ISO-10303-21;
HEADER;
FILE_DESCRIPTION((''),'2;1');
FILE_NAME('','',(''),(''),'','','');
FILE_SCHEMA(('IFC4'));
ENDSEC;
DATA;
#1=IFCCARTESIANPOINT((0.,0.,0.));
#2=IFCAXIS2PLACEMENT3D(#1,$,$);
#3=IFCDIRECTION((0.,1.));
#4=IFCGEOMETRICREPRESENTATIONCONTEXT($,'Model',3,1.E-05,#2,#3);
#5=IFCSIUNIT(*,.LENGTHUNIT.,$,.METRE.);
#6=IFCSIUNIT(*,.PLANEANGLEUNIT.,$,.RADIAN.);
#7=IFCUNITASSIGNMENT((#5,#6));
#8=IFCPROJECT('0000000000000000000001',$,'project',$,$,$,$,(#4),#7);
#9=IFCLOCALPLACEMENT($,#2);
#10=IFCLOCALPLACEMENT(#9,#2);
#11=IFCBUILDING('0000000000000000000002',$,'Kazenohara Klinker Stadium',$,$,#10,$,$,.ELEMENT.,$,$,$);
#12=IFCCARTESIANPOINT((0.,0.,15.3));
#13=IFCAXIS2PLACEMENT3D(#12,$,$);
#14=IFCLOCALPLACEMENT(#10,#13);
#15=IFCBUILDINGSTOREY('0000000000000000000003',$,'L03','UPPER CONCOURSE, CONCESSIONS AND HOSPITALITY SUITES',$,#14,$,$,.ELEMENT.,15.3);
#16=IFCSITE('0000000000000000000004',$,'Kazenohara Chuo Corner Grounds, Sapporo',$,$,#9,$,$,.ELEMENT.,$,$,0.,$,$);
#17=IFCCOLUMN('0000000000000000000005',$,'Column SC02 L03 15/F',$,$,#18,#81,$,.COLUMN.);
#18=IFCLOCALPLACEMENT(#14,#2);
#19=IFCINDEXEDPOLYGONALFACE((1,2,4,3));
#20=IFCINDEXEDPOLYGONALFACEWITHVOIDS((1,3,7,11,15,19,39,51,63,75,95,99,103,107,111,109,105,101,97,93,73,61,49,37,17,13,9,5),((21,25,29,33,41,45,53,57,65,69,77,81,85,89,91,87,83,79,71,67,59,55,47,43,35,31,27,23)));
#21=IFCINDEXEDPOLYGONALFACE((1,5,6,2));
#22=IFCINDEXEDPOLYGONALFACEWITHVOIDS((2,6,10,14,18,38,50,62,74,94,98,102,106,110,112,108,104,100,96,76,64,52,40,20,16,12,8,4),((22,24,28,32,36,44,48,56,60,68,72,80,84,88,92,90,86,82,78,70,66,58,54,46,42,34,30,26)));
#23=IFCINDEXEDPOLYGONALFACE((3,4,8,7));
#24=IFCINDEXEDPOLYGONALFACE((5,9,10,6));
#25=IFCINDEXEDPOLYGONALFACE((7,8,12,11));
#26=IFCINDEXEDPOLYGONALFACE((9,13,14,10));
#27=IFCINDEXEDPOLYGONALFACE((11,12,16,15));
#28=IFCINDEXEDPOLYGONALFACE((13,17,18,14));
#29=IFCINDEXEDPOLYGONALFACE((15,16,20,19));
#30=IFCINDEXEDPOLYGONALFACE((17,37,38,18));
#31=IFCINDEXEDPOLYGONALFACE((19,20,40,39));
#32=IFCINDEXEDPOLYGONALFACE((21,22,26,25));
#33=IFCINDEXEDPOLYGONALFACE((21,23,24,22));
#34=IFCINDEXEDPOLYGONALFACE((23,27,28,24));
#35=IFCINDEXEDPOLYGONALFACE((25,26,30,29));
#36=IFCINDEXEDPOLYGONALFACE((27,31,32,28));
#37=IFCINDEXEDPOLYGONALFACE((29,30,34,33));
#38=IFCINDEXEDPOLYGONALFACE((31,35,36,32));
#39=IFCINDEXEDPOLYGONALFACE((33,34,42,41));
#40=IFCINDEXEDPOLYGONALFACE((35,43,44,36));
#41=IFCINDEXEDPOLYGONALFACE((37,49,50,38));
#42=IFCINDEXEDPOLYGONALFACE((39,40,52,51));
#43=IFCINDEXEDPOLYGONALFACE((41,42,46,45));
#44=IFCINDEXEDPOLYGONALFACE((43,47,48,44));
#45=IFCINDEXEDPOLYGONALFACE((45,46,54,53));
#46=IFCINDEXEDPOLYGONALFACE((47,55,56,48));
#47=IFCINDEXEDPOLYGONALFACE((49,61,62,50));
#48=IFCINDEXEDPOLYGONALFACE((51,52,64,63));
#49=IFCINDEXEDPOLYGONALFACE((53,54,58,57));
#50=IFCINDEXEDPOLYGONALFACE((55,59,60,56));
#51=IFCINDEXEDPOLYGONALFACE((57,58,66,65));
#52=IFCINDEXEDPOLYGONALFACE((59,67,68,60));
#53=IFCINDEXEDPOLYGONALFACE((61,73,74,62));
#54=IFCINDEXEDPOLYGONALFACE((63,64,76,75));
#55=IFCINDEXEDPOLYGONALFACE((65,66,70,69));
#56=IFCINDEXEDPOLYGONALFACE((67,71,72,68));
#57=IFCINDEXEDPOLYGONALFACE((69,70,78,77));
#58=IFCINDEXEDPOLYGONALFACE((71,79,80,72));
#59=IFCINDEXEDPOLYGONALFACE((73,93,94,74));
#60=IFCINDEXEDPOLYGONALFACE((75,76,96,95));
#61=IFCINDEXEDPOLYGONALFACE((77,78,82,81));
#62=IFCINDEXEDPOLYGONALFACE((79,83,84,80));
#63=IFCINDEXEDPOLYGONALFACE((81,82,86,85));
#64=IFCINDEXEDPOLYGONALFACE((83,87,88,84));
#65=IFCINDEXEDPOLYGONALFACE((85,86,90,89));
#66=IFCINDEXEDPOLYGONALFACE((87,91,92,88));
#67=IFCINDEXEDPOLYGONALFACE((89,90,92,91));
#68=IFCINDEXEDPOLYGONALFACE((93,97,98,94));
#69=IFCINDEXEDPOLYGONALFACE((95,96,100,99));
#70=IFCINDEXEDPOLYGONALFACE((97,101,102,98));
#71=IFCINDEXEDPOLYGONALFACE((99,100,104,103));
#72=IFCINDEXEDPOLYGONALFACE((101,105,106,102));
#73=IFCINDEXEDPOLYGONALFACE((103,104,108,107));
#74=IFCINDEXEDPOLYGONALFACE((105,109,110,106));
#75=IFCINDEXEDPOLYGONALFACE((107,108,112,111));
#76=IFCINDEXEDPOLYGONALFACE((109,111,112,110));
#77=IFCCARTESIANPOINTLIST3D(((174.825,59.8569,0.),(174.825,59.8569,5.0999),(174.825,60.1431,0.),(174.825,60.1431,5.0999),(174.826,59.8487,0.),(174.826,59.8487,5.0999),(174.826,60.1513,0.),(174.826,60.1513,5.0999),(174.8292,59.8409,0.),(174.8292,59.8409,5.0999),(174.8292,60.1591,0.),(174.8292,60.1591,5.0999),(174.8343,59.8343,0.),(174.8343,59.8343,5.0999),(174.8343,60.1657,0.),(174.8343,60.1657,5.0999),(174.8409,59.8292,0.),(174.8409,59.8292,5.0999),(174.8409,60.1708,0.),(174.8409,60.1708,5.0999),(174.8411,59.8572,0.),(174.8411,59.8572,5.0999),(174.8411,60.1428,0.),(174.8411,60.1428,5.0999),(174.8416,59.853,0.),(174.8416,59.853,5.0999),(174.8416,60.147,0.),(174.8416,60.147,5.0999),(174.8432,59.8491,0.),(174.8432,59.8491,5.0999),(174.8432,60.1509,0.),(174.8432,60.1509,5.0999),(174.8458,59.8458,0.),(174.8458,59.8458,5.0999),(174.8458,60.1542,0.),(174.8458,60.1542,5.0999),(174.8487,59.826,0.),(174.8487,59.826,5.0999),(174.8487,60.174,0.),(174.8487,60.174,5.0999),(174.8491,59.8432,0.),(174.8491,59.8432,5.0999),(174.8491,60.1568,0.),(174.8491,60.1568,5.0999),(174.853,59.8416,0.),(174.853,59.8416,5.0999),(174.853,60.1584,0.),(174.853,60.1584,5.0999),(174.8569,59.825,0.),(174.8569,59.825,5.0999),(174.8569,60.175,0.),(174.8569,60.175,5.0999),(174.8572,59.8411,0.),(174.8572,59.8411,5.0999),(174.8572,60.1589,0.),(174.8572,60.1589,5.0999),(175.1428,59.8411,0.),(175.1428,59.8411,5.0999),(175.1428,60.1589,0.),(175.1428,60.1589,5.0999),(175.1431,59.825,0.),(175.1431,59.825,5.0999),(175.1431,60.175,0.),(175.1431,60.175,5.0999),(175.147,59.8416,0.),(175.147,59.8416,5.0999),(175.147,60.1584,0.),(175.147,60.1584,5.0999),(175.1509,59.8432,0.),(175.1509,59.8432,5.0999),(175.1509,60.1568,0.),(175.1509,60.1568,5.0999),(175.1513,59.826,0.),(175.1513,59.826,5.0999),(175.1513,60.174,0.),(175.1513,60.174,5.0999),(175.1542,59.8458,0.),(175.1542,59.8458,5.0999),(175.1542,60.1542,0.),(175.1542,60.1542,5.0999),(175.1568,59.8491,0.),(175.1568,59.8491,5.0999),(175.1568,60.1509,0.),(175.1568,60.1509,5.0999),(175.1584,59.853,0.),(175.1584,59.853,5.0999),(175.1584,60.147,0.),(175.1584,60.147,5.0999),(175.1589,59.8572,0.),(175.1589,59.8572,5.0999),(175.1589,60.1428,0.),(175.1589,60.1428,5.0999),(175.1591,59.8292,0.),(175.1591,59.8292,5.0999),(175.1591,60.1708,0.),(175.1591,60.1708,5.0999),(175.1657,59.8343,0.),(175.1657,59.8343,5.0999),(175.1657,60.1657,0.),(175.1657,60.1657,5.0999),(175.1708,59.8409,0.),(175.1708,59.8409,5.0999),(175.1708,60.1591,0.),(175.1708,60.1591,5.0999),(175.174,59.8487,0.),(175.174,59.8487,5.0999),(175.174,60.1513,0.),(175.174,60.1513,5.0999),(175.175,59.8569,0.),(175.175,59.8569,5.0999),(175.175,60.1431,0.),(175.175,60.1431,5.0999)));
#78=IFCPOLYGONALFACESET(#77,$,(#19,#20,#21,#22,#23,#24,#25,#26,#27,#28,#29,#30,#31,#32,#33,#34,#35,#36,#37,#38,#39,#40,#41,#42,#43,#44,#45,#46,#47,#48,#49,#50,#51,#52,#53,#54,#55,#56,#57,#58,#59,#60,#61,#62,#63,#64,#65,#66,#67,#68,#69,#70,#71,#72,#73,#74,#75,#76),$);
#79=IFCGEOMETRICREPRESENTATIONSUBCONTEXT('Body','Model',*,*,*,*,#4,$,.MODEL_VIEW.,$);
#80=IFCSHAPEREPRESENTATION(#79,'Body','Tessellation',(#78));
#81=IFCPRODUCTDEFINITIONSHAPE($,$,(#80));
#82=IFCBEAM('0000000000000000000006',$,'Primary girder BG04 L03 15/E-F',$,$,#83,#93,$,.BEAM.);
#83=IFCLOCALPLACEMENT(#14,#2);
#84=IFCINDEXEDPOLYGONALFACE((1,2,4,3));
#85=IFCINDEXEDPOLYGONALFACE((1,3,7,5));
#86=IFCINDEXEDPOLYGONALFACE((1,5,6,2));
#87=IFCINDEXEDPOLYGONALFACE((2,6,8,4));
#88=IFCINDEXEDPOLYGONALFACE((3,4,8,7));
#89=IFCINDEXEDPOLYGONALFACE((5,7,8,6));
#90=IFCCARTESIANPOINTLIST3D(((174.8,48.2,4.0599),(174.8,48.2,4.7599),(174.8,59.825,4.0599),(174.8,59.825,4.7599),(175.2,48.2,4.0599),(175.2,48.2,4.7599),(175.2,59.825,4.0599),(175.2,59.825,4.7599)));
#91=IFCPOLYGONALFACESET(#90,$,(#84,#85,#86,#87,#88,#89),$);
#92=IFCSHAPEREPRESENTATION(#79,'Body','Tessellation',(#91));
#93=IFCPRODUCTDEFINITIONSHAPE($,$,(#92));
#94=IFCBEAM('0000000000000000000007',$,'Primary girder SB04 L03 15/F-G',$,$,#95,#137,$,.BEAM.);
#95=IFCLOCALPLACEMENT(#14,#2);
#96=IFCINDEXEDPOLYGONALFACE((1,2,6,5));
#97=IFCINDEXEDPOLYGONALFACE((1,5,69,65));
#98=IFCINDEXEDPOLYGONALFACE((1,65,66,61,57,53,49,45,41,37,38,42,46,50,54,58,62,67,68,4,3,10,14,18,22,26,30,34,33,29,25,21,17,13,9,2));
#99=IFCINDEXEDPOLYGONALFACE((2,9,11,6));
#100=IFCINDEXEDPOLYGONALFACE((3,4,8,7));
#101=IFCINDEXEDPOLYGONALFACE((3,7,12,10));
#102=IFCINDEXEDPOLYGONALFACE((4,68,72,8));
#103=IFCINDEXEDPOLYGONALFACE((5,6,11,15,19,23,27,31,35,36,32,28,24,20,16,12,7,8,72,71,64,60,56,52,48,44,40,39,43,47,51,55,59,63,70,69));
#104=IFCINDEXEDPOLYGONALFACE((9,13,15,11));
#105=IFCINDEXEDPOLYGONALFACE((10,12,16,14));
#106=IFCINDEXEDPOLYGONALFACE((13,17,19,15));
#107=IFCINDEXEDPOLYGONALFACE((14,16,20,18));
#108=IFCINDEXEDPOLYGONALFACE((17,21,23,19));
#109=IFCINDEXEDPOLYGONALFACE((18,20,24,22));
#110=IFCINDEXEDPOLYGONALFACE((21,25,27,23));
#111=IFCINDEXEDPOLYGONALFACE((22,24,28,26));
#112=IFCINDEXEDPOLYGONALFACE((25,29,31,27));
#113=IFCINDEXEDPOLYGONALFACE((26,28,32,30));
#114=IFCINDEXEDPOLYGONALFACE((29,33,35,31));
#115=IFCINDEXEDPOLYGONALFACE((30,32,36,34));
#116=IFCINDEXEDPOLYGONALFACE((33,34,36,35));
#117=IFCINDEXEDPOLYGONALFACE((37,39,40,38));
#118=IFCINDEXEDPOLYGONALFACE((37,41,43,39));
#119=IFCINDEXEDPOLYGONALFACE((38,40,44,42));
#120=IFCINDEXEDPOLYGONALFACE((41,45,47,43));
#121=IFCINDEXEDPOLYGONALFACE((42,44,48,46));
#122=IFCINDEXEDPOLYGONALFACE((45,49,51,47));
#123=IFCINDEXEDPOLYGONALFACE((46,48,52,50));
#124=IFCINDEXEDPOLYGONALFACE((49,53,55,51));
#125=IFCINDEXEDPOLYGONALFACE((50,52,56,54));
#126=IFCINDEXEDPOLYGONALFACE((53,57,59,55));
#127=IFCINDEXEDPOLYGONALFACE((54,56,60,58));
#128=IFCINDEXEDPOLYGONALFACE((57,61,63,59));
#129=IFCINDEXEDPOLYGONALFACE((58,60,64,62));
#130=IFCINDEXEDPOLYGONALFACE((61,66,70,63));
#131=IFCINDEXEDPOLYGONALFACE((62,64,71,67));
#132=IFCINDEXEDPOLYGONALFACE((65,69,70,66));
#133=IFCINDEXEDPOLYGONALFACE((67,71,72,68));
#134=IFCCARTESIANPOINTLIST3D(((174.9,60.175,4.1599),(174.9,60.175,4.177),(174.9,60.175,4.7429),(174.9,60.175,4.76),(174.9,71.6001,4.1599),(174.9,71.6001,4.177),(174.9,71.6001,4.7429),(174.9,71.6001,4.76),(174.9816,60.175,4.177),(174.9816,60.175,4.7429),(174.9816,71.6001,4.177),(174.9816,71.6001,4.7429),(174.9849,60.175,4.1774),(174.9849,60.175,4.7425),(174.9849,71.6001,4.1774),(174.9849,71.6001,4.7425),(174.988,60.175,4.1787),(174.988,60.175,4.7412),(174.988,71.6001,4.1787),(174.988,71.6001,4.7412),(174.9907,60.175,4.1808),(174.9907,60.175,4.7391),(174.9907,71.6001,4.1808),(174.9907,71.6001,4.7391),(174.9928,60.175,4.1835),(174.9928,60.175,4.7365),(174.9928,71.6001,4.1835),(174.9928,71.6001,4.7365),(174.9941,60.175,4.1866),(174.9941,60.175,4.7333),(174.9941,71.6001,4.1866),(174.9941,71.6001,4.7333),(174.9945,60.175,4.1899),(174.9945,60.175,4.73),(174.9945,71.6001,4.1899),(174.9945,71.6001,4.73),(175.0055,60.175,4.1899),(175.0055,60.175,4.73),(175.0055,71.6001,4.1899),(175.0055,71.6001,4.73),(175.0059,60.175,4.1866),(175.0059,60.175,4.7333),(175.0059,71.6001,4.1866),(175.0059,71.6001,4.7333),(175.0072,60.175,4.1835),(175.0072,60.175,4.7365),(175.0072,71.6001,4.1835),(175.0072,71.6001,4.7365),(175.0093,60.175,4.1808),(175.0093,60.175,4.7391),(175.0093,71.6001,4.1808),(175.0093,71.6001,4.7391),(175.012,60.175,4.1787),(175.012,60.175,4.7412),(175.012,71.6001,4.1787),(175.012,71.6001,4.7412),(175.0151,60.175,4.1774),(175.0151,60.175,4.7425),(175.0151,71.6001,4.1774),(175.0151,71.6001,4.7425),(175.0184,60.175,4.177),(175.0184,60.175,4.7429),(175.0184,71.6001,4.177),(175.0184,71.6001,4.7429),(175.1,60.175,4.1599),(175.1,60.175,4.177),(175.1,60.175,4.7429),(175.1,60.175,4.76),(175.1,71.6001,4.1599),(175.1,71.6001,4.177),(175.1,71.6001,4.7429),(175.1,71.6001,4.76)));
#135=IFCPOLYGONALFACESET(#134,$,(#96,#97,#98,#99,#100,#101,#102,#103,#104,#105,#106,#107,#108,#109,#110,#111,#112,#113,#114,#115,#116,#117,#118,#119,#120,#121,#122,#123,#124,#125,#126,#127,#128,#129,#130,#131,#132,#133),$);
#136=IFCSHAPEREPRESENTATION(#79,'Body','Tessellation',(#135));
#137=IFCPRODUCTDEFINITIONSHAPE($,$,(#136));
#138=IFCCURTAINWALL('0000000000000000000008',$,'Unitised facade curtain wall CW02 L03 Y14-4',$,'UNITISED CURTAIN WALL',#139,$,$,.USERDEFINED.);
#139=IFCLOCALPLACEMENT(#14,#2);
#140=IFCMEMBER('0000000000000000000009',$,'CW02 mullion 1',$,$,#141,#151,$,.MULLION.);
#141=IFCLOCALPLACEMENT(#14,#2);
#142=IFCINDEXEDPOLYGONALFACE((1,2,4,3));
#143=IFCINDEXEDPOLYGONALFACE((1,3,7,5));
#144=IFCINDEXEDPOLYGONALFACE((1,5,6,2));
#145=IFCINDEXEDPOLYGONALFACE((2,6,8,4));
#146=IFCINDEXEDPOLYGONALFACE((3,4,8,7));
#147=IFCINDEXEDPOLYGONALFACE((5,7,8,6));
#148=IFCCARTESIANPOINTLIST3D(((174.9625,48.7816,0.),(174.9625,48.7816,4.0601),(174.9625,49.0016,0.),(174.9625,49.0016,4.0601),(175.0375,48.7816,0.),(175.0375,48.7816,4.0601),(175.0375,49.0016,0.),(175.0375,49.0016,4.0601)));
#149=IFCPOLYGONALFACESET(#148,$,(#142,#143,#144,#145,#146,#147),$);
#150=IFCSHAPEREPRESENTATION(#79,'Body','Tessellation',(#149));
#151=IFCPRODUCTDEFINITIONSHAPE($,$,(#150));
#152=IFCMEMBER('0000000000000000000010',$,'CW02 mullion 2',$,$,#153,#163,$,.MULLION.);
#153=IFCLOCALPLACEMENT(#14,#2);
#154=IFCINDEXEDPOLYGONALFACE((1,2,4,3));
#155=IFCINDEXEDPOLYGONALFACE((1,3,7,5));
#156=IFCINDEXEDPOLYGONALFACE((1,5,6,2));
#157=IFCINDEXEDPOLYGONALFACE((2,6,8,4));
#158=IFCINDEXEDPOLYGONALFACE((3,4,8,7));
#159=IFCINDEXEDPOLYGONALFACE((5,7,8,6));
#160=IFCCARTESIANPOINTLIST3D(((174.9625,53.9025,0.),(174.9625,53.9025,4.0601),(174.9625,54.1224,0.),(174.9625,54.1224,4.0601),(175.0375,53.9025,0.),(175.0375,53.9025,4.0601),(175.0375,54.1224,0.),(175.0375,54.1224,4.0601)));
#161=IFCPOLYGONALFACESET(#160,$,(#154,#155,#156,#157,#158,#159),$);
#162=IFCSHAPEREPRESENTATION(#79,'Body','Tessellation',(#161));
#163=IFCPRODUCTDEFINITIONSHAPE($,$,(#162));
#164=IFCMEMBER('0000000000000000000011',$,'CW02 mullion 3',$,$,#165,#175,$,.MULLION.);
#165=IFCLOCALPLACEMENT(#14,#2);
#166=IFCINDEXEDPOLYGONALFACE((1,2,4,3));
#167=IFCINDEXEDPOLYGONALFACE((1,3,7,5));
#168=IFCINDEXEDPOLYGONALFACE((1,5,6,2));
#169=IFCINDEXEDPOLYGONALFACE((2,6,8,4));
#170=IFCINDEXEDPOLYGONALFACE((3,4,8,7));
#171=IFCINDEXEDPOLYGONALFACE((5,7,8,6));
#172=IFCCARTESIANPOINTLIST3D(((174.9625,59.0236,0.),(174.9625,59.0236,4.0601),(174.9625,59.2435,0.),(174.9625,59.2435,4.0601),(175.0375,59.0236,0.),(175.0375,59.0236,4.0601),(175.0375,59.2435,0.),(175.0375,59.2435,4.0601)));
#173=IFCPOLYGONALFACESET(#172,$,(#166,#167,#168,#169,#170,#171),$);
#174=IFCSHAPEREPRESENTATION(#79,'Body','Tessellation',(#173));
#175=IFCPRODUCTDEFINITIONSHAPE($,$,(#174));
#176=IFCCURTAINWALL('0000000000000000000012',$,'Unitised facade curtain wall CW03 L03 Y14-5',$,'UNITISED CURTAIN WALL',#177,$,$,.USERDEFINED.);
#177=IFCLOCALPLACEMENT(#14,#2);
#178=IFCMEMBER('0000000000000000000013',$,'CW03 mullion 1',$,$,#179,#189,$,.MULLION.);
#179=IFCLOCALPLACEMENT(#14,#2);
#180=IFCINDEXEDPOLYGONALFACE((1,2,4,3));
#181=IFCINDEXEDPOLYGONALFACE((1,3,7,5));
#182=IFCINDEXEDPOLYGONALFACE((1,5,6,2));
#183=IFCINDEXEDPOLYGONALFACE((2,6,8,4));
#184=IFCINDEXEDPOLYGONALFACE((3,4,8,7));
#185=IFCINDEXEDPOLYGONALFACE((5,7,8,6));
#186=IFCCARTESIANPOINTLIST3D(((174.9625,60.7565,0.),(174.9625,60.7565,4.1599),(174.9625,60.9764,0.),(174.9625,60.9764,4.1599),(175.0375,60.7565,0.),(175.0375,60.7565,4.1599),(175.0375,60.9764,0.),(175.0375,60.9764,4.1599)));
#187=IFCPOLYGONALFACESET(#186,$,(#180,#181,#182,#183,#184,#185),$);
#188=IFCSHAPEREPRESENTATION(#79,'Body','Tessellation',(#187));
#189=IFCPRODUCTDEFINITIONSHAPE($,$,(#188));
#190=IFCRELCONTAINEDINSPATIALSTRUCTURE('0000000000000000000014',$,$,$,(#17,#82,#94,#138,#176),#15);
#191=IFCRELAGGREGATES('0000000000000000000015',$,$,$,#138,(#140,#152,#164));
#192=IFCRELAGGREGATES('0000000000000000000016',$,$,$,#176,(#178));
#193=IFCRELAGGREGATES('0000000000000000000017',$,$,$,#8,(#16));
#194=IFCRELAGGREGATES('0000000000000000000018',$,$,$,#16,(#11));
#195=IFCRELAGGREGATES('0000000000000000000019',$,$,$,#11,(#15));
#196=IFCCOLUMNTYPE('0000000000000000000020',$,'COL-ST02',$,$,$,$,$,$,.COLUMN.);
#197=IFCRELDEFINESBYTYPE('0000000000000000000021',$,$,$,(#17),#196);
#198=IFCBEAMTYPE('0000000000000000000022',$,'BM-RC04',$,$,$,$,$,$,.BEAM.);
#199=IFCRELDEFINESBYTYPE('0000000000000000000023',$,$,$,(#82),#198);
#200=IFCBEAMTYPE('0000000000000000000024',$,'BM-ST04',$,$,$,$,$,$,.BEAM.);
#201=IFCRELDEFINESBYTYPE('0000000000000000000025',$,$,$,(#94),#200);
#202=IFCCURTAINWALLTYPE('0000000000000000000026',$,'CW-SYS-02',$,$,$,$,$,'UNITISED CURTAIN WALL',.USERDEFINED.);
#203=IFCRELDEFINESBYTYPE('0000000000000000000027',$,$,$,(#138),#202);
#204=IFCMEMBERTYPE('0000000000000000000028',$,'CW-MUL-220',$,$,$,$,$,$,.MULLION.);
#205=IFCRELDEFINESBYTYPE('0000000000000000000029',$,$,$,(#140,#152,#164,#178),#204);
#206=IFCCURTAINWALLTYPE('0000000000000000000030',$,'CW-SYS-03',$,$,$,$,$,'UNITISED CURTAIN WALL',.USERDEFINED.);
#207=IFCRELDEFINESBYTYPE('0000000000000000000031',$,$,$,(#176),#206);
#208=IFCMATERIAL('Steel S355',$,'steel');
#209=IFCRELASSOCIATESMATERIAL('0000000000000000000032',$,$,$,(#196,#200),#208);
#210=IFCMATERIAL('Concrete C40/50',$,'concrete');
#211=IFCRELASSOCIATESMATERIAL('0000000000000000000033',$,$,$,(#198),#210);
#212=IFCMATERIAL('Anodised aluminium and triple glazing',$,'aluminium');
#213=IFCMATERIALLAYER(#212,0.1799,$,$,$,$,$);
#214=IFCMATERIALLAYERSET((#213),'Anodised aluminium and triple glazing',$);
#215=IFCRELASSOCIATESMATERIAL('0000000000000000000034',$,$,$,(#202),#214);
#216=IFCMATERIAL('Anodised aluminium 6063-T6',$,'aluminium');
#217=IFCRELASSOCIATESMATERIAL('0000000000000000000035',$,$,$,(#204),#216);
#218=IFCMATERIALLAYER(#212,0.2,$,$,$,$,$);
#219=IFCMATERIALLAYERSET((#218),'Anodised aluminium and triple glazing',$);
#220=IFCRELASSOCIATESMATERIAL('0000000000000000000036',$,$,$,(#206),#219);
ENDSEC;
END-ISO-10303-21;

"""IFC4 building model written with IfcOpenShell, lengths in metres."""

from ifc_helpers import new_model, si_unit, direction, frame, origin, origin_2d, place, context, subcontext, project, spatial, rectangle, hollow_rectangle, i_section, extrude, material, layer, layer_set, material_profile, profile_set, type_object, element, aggregate, save


model = new_model("IFC4")

# Units and contexts
model_context = context("Model", 3, precision=1e-05, world=origin(), true_north=direction((0.0, 1.0)))
body_context = subcontext(model_context, "Body", "Model", "MODEL_VIEW")
ifc_project = project(units=[si_unit("LENGTHUNIT", "METRE"), si_unit("PLANEANGLEUNIT", "RADIAN")], contexts=[model_context])

# Site, building, storey
site_placement = place(None, origin())
site = spatial("IfcSite", under=ifc_project, at=site_placement, Name="Kazenohara Chuo Corner Grounds, Sapporo", CompositionType="ELEMENT", RefElevation=0.0)
building_placement = place(site_placement, origin())
building = spatial("IfcBuilding", under=site, at=building_placement, Name="Kazenohara Klinker Stadium", CompositionType="ELEMENT")
storey_placement = place(building_placement, frame((0.0, 0.0, 15.3)))
storey = spatial("IfcBuildingStorey", under=building, at=storey_placement, Name="L03", Description="UPPER CONCOURSE, CONCESSIONS AND HOSPITALITY SUITES", CompositionType="ELEMENT", Elevation=15.3)

# Column
ifc_material_1 = material(Name="Steel S355", Category="steel")
ifc_material_profile_1 = material_profile(ifc_material_1, hollow_rectangle(XDim=0.3501, YDim=0.3501, WallThickness=0.0161, InnerFilletRadius=0.0161, OuterFilletRadius=0.032, at=origin_2d()), Name="SHS-350x350x16")
ifc_profile_set_1 = profile_set([ifc_material_profile_1], Name="Steel S355")
column_type = type_object("IfcColumnType", Name="COL-ST02", PredefinedType="COLUMN", material=ifc_profile_set_1)
column_placement = place(storey_placement, frame((175.0, 60.0, 0.0), z_axis=(0.0, 0.0, 1.0), x_axis=(1.0, 0.0, 0.0)))
element("IfcColumn", 1, at=column_placement, inside=storey, type_object=column_type, Name="Column SC02 L03 15/F", PredefinedType="COLUMN", context=body_context, shape_type="SweptSolid", body=[
    extrude(hollow_rectangle(XDim=0.3501, YDim=0.3501, WallThickness=0.0161, InnerFilletRadius=0.0161, OuterFilletRadius=0.032, at=origin_2d()), origin(), (0.0, 0.0, 1.0), 5.0999),
])

# Beams
ifc_material_2 = material(Name="Concrete C40/50", Category="concrete")
ifc_material_profile_2 = material_profile(ifc_material_2, rectangle(XDim=0.3999, YDim=0.7, at=origin_2d()), Name="RC-BM-400x700")
ifc_profile_set_2 = profile_set([ifc_material_profile_2], Name="Concrete C40/50")
beam_type_1 = type_object("IfcBeamType", Name="BM-RC04", PredefinedType="BEAM", material=ifc_profile_set_2)
beam_1_placement = place(storey_placement, frame((175.0, 48.2, 4.4099), z_axis=(0.0, 1.0, 0.0), x_axis=(-1.0, 0.0, 0.0)))
element("IfcBeam", 2, at=beam_1_placement, inside=storey, type_object=beam_type_1, Name="Primary girder BG04 L03 15/E-F", PredefinedType="BEAM", context=body_context, shape_type="SweptSolid", body=[
    extrude(rectangle(XDim=0.3999, YDim=0.7, at=origin_2d()), origin(), (0.0, 0.0, 1.0), 11.625),
])
ifc_material_profile_3 = material_profile(ifc_material_1, i_section(OverallWidth=0.2, OverallDepth=0.6001, WebThickness=0.011, FlangeThickness=0.0171, FilletRadius=0.0129, at=origin_2d()), Name="H-600x200x11x17")
ifc_profile_set_3 = profile_set([ifc_material_profile_3], Name="Steel S355")
beam_type_2 = type_object("IfcBeamType", Name="BM-ST04", PredefinedType="BEAM", material=ifc_profile_set_3)
beam_2_placement = place(storey_placement, frame((175.0, 60.175, 4.46), z_axis=(0.0, 1.0, 0.0), x_axis=(-1.0, 0.0, 0.0)))
element("IfcBeam", 3, at=beam_2_placement, inside=storey, type_object=beam_type_2, Name="Primary girder SB04 L03 15/F-G", PredefinedType="BEAM", context=body_context, shape_type="SweptSolid", body=[
    extrude(i_section(OverallWidth=0.2, OverallDepth=0.6001, WebThickness=0.011, FlangeThickness=0.0171, FilletRadius=0.0129, at=origin_2d()), origin(), (0.0, 0.0, 1.0), 11.425),
])

# Curtain walls, members
ifc_material_3 = material(Name="Anodised aluminium and triple glazing", Category="aluminium")
ifc_layer_1 = layer(ifc_material_3, 0.1799)
ifc_layer_set_1 = layer_set([ifc_layer_1], Name="Anodised aluminium and triple glazing")
curtain_wall_type_1 = type_object("IfcCurtainWallType", Name="CW-SYS-02", ElementType="UNITISED CURTAIN WALL", PredefinedType="USERDEFINED", material=ifc_layer_set_1)
curtain_wall_1_placement = place(storey_placement, origin())
curtain_wall_1 = element("IfcCurtainWall", 4, at=curtain_wall_1_placement, inside=storey, type_object=curtain_wall_type_1, Name="Unitised facade curtain wall CW02 L03 Y14-4", ObjectType="UNITISED CURTAIN WALL", PredefinedType="USERDEFINED")
ifc_material_4 = material(Name="Anodised aluminium 6063-T6", Category="aluminium")
ifc_material_profile_4 = material_profile(ifc_material_4, rectangle(XDim=0.075, YDim=0.22, at=origin_2d()), Name="ALU-MUL-75x220")
ifc_profile_set_4 = profile_set([ifc_material_profile_4], Name="Anodised aluminium 6063-T6")
member_type_1 = type_object("IfcMemberType", Name="CW-MUL-220", PredefinedType="MULLION", material=ifc_profile_set_4)
member_1_placement = place(storey_placement, frame((175.0, 48.8916, 0.0), z_axis=(0.0, 0.0, 1.0), x_axis=(-1.0, 0.0, 0.0)))
member_1 = element("IfcMember", 5, at=member_1_placement, type_object=member_type_1, Name="CW02 mullion 1", PredefinedType="MULLION", context=body_context, shape_type="SweptSolid", body=[
    extrude(rectangle(XDim=0.075, YDim=0.22, at=origin_2d()), origin(), (0.0, 0.0, 1.0), 4.0601),
])
member_2_placement = place(storey_placement, frame((175.0, 54.0125, 0.0), z_axis=(0.0, 0.0, 1.0), x_axis=(-1.0, 0.0, 0.0)))
member_2 = element("IfcMember", 6, at=member_2_placement, type_object=member_type_1, Name="CW02 mullion 2", PredefinedType="MULLION", context=body_context, shape_type="SweptSolid", body=[
    extrude(rectangle(XDim=0.075, YDim=0.22, at=origin_2d()), origin(), (0.0, 0.0, 1.0), 4.0601),
])
member_3_placement = place(storey_placement, frame((175.0, 59.1335, 0.0), z_axis=(0.0, 0.0, 1.0), x_axis=(-1.0, 0.0, 0.0)))
member_3 = element("IfcMember", 7, at=member_3_placement, type_object=member_type_1, Name="CW02 mullion 3", PredefinedType="MULLION", context=body_context, shape_type="SweptSolid", body=[
    extrude(rectangle(XDim=0.075, YDim=0.22, at=origin_2d()), origin(), (0.0, 0.0, 1.0), 4.0601),
])
ifc_layer_2 = layer(ifc_material_3, 0.2)
ifc_layer_set_2 = layer_set([ifc_layer_2], Name="Anodised aluminium and triple glazing")
curtain_wall_type_2 = type_object("IfcCurtainWallType", Name="CW-SYS-03", ElementType="UNITISED CURTAIN WALL", PredefinedType="USERDEFINED", material=ifc_layer_set_2)
curtain_wall_2_placement = place(storey_placement, origin())
curtain_wall_2 = element("IfcCurtainWall", 8, at=curtain_wall_2_placement, inside=storey, type_object=curtain_wall_type_2, Name="Unitised facade curtain wall CW03 L03 Y14-5", ObjectType="UNITISED CURTAIN WALL", PredefinedType="USERDEFINED")
member_4_placement = place(storey_placement, frame((175.0, 60.8665, 0.0), z_axis=(0.0, 0.0, 1.0), x_axis=(-1.0, 0.0, 0.0)))
member_4 = element("IfcMember", 9, at=member_4_placement, type_object=member_type_1, Name="CW03 mullion 1", PredefinedType="MULLION", context=body_context, shape_type="SweptSolid", body=[
    extrude(rectangle(XDim=0.075, YDim=0.22, at=origin_2d()), origin(), (0.0, 0.0, 1.0), 4.1599),
])

aggregate(curtain_wall_1, [member_1, member_2, member_3])
aggregate(curtain_wall_2, [member_4])

save(model, "model.ifc")
